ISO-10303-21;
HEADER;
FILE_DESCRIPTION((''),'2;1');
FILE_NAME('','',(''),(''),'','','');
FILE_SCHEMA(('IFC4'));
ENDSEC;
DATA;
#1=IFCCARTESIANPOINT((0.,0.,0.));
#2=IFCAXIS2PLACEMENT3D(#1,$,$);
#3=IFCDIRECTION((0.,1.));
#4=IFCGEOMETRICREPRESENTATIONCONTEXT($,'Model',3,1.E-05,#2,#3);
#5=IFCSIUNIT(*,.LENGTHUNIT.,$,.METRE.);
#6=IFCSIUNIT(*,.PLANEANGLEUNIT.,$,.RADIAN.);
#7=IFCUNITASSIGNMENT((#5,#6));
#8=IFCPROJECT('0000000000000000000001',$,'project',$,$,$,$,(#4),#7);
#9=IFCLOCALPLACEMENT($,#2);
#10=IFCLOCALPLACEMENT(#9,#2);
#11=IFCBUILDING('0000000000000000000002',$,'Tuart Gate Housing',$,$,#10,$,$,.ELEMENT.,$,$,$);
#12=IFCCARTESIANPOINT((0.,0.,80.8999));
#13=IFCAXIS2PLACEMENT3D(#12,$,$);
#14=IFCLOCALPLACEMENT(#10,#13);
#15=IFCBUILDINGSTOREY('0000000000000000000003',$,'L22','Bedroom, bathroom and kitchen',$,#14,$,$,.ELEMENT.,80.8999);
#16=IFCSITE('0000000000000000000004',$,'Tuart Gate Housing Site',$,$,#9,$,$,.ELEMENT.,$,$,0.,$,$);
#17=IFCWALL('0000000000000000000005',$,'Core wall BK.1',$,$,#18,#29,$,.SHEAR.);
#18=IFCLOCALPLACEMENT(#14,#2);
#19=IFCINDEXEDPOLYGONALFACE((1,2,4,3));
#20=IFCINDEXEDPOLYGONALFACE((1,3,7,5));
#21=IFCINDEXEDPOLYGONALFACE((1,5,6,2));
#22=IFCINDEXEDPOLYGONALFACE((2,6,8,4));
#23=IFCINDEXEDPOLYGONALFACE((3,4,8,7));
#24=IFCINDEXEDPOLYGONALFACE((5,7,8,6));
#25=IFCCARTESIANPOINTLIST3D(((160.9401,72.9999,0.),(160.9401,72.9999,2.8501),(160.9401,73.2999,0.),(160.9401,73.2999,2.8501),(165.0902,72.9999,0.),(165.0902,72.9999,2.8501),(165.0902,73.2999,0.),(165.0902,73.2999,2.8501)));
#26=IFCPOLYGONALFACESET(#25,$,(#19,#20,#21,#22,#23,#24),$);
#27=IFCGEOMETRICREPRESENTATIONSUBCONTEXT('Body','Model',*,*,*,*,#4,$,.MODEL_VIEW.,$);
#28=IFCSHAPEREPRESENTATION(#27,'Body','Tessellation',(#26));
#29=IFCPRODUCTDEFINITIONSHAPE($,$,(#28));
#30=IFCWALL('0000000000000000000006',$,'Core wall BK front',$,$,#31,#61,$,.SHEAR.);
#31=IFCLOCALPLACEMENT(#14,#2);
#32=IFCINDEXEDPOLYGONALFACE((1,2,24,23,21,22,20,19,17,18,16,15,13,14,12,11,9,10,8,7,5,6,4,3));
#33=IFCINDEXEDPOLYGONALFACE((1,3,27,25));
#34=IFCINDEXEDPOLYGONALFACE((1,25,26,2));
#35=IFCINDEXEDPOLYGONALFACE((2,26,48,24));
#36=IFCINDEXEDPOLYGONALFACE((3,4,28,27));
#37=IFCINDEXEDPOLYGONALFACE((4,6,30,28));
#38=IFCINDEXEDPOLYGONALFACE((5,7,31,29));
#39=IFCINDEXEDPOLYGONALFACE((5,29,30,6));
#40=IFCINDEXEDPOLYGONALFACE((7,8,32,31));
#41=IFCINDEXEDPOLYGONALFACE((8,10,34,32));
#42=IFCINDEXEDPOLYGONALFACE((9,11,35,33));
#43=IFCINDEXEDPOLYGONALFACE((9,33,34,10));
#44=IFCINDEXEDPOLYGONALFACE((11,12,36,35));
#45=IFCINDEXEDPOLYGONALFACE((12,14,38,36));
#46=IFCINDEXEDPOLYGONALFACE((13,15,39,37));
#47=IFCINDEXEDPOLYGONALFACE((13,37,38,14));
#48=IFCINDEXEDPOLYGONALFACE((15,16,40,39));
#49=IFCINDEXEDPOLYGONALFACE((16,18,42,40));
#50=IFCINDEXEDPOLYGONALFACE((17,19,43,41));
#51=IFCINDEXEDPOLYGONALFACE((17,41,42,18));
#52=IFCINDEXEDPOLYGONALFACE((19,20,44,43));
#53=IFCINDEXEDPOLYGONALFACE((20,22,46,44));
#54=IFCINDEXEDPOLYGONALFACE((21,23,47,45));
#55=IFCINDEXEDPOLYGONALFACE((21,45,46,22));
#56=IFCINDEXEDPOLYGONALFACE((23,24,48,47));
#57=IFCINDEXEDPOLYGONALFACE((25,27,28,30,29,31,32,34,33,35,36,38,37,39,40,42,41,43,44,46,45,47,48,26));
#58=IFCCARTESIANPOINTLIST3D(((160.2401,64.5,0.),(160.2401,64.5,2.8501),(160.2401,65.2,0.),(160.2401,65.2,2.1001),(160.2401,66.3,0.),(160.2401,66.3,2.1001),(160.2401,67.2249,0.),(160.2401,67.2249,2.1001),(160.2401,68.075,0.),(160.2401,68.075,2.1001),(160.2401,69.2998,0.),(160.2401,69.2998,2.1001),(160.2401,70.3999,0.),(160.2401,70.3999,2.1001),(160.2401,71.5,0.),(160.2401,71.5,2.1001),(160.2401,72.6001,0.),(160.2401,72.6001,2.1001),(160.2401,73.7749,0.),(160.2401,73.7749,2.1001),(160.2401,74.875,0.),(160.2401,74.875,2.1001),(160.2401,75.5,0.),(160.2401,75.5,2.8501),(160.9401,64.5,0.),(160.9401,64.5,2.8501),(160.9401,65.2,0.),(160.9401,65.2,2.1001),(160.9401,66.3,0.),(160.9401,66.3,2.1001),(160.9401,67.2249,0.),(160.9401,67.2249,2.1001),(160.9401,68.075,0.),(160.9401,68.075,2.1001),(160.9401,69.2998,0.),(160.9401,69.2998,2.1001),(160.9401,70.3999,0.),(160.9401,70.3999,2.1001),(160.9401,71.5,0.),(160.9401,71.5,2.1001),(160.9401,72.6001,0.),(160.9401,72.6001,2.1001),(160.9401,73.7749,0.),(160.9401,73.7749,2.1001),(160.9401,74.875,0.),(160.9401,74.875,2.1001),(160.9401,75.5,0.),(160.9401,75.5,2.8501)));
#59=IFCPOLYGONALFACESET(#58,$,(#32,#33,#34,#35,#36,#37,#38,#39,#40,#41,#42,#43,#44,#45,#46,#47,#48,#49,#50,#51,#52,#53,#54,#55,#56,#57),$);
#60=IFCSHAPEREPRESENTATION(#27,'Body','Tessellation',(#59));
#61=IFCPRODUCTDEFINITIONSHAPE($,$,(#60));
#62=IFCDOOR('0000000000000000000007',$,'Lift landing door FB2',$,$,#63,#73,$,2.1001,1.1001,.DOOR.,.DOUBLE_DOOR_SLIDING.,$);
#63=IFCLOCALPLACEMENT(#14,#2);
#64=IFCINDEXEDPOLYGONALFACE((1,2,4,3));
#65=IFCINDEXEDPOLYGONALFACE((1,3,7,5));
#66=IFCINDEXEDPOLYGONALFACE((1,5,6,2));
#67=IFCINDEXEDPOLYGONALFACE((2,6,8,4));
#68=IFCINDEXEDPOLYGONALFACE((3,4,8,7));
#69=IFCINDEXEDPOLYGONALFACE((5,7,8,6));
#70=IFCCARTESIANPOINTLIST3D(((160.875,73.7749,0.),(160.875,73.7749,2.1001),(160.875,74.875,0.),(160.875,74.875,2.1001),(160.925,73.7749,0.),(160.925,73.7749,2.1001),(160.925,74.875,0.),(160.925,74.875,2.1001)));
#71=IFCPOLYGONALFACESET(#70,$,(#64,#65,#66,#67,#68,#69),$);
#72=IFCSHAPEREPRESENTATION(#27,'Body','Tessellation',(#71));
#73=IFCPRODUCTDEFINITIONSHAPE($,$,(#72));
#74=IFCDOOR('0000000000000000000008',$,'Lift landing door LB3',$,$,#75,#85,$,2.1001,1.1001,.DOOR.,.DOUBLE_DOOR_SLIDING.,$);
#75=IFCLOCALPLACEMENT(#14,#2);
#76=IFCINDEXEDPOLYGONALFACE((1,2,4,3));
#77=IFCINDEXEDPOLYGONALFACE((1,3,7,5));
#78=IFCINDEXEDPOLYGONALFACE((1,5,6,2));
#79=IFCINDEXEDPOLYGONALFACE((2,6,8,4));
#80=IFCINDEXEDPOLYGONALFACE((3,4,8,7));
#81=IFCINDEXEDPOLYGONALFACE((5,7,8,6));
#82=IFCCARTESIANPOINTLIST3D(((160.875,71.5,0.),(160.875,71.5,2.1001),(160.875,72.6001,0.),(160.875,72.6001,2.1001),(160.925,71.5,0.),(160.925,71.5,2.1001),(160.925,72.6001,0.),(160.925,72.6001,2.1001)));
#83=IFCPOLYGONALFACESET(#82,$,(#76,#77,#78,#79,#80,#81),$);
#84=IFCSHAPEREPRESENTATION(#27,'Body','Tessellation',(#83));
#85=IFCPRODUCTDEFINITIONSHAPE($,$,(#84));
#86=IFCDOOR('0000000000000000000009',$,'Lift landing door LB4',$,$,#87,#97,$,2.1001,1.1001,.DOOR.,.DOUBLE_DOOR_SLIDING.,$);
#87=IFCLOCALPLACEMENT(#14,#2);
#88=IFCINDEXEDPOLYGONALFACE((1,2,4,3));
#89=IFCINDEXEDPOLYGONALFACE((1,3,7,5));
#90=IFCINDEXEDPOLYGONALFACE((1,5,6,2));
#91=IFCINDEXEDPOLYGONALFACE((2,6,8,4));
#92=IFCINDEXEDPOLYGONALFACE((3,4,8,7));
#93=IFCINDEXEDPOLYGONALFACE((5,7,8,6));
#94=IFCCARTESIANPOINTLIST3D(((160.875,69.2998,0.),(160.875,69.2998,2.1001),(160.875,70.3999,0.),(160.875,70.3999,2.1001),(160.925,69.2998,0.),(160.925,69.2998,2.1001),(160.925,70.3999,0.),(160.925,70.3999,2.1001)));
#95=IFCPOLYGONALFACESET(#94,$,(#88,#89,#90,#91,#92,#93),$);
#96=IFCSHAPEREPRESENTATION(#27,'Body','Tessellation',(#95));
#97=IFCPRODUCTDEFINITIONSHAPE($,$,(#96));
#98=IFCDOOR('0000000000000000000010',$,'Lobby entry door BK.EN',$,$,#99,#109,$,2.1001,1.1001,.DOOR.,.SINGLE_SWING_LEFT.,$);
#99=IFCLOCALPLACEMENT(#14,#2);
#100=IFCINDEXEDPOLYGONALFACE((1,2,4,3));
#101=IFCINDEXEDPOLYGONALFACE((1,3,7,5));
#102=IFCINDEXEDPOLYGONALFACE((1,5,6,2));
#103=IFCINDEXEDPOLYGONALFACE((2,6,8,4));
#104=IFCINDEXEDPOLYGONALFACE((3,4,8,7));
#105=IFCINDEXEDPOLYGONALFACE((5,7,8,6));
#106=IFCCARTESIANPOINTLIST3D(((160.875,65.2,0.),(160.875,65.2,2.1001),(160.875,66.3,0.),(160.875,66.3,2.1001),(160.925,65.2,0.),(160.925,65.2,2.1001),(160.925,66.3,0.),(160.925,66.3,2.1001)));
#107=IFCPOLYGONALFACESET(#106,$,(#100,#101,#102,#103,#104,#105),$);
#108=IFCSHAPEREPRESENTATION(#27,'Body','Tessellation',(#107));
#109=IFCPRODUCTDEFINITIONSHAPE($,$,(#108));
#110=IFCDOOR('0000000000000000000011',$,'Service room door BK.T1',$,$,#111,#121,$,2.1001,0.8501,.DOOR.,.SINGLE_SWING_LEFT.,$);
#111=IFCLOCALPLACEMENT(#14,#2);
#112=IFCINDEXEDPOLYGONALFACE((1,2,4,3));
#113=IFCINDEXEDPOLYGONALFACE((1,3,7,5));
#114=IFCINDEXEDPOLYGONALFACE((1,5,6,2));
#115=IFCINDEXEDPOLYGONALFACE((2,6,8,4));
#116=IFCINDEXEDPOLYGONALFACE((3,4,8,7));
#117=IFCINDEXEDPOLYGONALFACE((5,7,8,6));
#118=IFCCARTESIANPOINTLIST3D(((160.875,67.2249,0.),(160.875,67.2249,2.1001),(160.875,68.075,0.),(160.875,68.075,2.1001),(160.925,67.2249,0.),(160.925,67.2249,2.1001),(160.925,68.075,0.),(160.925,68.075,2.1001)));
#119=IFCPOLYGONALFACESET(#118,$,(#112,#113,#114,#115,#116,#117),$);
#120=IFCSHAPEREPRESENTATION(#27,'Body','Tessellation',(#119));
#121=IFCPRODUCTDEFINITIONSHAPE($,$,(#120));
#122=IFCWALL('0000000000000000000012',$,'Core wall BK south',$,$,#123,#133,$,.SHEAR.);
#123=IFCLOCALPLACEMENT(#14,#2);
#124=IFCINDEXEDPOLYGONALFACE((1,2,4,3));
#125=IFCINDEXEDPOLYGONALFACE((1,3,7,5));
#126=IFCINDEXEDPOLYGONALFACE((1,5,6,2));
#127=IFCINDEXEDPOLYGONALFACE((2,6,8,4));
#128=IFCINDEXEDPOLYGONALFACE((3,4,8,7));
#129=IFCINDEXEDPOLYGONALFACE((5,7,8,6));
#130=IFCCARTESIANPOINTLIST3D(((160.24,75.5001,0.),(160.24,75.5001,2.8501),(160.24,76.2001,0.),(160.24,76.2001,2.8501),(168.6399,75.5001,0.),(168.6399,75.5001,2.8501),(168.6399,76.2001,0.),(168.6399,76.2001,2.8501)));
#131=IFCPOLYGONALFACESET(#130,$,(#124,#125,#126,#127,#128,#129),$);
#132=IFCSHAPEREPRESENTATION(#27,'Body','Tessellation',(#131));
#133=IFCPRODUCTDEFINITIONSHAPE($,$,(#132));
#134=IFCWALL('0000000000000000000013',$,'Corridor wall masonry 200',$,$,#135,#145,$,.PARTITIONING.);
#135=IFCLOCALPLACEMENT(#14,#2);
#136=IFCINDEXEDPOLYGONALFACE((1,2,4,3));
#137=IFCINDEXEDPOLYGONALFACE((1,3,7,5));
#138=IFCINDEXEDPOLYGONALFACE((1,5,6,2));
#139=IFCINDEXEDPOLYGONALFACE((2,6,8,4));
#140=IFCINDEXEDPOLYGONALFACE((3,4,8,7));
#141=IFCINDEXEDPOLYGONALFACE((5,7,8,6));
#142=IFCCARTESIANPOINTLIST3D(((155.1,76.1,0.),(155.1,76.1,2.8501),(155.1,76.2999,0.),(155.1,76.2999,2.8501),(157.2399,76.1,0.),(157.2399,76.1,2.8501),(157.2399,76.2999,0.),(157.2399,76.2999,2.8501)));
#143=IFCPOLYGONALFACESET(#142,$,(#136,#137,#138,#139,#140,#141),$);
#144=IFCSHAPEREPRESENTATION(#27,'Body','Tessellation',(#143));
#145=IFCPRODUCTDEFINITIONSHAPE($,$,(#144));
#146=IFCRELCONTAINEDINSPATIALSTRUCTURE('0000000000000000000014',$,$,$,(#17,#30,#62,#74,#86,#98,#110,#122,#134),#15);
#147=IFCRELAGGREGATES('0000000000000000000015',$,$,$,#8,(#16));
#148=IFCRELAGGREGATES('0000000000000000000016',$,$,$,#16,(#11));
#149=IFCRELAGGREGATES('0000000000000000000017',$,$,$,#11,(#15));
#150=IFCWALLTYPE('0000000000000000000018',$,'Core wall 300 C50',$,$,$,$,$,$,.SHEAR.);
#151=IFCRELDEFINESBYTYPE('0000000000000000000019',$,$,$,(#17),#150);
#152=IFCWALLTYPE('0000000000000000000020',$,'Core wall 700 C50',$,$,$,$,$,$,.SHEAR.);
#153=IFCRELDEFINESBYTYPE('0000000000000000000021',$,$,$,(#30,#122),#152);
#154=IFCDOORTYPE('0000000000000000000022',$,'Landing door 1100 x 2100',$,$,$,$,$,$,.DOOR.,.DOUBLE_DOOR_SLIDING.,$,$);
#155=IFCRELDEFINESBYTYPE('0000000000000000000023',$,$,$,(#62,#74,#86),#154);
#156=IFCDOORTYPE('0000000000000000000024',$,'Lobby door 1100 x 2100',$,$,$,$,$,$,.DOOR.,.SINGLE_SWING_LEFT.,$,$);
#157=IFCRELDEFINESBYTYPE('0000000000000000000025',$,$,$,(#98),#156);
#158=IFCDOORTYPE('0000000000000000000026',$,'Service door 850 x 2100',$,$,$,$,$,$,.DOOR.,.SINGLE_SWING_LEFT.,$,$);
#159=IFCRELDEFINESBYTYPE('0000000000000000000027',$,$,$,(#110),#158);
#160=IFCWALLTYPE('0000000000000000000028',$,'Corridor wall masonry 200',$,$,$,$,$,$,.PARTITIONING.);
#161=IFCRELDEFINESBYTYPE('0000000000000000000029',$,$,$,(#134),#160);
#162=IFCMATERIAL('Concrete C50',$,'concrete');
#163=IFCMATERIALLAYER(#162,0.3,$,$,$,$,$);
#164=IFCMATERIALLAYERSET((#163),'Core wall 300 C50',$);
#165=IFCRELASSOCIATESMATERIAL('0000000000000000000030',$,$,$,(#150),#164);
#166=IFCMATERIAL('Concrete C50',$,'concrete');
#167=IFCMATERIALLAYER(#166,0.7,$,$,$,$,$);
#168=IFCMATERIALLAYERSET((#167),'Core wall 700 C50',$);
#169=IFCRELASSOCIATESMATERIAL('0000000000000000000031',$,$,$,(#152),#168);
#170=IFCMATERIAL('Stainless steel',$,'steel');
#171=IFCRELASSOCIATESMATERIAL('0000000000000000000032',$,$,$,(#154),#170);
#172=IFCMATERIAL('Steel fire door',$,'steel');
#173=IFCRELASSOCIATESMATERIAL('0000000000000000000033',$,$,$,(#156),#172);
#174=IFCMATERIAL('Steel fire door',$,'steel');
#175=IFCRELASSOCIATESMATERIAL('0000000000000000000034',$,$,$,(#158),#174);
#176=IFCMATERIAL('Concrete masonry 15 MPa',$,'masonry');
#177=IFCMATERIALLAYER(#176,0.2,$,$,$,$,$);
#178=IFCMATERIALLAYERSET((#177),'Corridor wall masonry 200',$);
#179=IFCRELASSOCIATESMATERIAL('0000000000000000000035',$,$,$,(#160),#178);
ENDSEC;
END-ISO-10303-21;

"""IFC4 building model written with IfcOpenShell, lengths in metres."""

from ifc_helpers import new_model, si_unit, direction, frame, frame_2d, origin, place, context, subcontext, project, spatial, rectangle, extrude, material, layer, layer_set, type_object, element, fill, save


model = new_model("IFC4")

# Units and contexts
model_context = context("Model", 3, precision=1e-05, world=origin(), true_north=direction((0.0, 1.0)))
body_context = subcontext(model_context, "Body", "Model", "MODEL_VIEW")
ifc_project = project(units=[si_unit("LENGTHUNIT", "METRE"), si_unit("PLANEANGLEUNIT", "RADIAN")], contexts=[model_context])

# Site, building, storey
site_placement = place(None, origin())
site = spatial("IfcSite", under=ifc_project, at=site_placement, Name="Tuart Gate Housing Site", CompositionType="ELEMENT", RefElevation=0.0)
building_placement = place(site_placement, origin())
building = spatial("IfcBuilding", under=site, at=building_placement, Name="Tuart Gate Housing", CompositionType="ELEMENT")
storey_placement = place(building_placement, frame((0.0, 0.0, 80.8999)))
storey = spatial("IfcBuildingStorey", under=building, at=storey_placement, Name="L22", Description="Bedroom, bathroom and kitchen", CompositionType="ELEMENT", Elevation=80.8999)

# Wall
ifc_material_1 = material(Name="Concrete C50", Category="concrete")
ifc_layer_1 = layer(ifc_material_1, 0.3)
ifc_layer_set_1 = layer_set([ifc_layer_1], Name="Core wall 300 C50")
wall_type_1 = type_object("IfcWallType", Name="Core wall 300 C50", PredefinedType="SHEAR", material=ifc_layer_set_1)
wall_1_placement = place(storey_placement, frame((160.9399, 73.1499, 0.0), z_axis=(0.0, 0.0, 1.0), x_axis=(1.0, 0.0, 0.0)))
element("IfcWall", 1, at=wall_1_placement, inside=storey, type_object=wall_type_1, Name="Core wall BK.1", PredefinedType="SHEAR", context=body_context, shape_type="SweptSolid", body=[
    extrude(rectangle(XDim=4.1501, YDim=0.3, at=frame_2d((2.0752, 0.0))), origin(), (0.0, 0.0, 1.0), 2.8501),
])

# Wall, openings, doors
ifc_material_2 = material(Name="Concrete C50", Category="concrete")
ifc_layer_2 = layer(ifc_material_2, 0.7)
ifc_layer_set_2 = layer_set([ifc_layer_2], Name="Core wall 700 C50")
wall_type_2 = type_object("IfcWallType", Name="Core wall 700 C50", PredefinedType="SHEAR", material=ifc_layer_set_2)
wall_2_placement = place(storey_placement, frame((160.5901, 75.5, 0.0), z_axis=(0.0, 0.0, 1.0), x_axis=(0.0, -1.0, 0.0)))
wall_2 = element("IfcWall", 2, at=wall_2_placement, inside=storey, type_object=wall_type_2, Name="Core wall BK front", PredefinedType="SHEAR", context=body_context, shape_type="SweptSolid", body=[
    extrude(rectangle(XDim=11.0, YDim=0.7, at=frame_2d((5.5, 0.0))), origin(), (0.0, 0.0, 1.0), 2.8501),
])
opening_1_placement = place(wall_2_placement, frame((0.625, 0.0, 0.0)))
opening_1 = element("IfcOpeningElement", 3, at=opening_1_placement, cuts=wall_2, PredefinedType="OPENING", context=body_context, shape_type="SweptSolid", body=[
    extrude(rectangle(XDim=1.1001, YDim=2.1001, at=frame_2d((0.55, 1.05))), frame((0.0, 0.3599, 0.0), z_axis=(0.0, -1.0, 0.0), x_axis=(1.0, 0.0, 0.0)), (0.0, 0.0, 1.0), 0.72),
])
opening_2_placement = place(wall_2_placement, frame((2.8999, 0.0, 0.0)))
opening_2 = element("IfcOpeningElement", 4, at=opening_2_placement, cuts=wall_2, PredefinedType="OPENING", context=body_context, shape_type="SweptSolid", body=[
    extrude(rectangle(XDim=1.1001, YDim=2.1001, at=frame_2d((0.55, 1.05))), frame((0.0, 0.3599, 0.0), z_axis=(0.0, -1.0, 0.0), x_axis=(1.0, 0.0, 0.0)), (0.0, 0.0, 1.0), 0.72),
])
opening_3_placement = place(wall_2_placement, frame((5.1001, 0.0, 0.0)))
opening_3 = element("IfcOpeningElement", 5, at=opening_3_placement, cuts=wall_2, PredefinedType="OPENING", context=body_context, shape_type="SweptSolid", body=[
    extrude(rectangle(XDim=1.1001, YDim=2.1001, at=frame_2d((0.55, 1.05))), frame((0.0, 0.3599, 0.0), z_axis=(0.0, -1.0, 0.0), x_axis=(1.0, 0.0, 0.0)), (0.0, 0.0, 1.0), 0.72),
])
opening_4_placement = place(wall_2_placement, frame((9.2, 0.0, 0.0)))
opening_4 = element("IfcOpeningElement", 6, at=opening_4_placement, cuts=wall_2, PredefinedType="OPENING", context=body_context, shape_type="SweptSolid", body=[
    extrude(rectangle(XDim=1.1001, YDim=2.1001, at=frame_2d((0.55, 1.05))), frame((0.0, 0.3599, 0.0), z_axis=(0.0, -1.0, 0.0), x_axis=(1.0, 0.0, 0.0)), (0.0, 0.0, 1.0), 0.72),
])
opening_5_placement = place(wall_2_placement, frame((7.425, 0.0, 0.0)))
opening_5 = element("IfcOpeningElement", 7, at=opening_5_placement, cuts=wall_2, PredefinedType="OPENING", context=body_context, shape_type="SweptSolid", body=[
    extrude(rectangle(XDim=0.8501, YDim=2.1001, at=frame_2d((0.425, 1.05))), frame((0.0, 0.3599, 0.0), z_axis=(0.0, -1.0, 0.0), x_axis=(1.0, 0.0, 0.0)), (0.0, 0.0, 1.0), 0.72),
])
ifc_material_3 = material(Name="Stainless steel", Category="steel")
door_type_1 = type_object("IfcDoorType", Name="Landing door 1100 x 2100", OperationType="DOUBLE_DOOR_SLIDING", PredefinedType="DOOR", material=ifc_material_3)
door_1_placement = place(opening_1_placement, origin())
door_1 = element("IfcDoor", 8, at=door_1_placement, inside=storey, type_object=door_type_1, Name="Lift landing door FB2", OperationType="DOUBLE_DOOR_SLIDING", OverallHeight=2.1001, OverallWidth=1.1001, PredefinedType="DOOR", context=body_context, shape_type="SweptSolid", body=[
    extrude(rectangle(XDim=1.1001, YDim=2.1001, at=frame_2d((0.55, 1.05))), frame((0.0, 0.335, 0.0), z_axis=(0.0, -1.0, 0.0), x_axis=(1.0, 0.0, 0.0)), (0.0, 0.0, 1.0), 0.05),
])
fill(opening_1, door_1)
door_2_placement = place(opening_2_placement, origin())
door_2 = element("IfcDoor", 9, at=door_2_placement, inside=storey, type_object=door_type_1, Name="Lift landing door LB3", OperationType="DOUBLE_DOOR_SLIDING", OverallHeight=2.1001, OverallWidth=1.1001, PredefinedType="DOOR", context=body_context, shape_type="SweptSolid", body=[
    extrude(rectangle(XDim=1.1001, YDim=2.1001, at=frame_2d((0.55, 1.05))), frame((0.0, 0.335, 0.0), z_axis=(0.0, -1.0, 0.0), x_axis=(1.0, 0.0, 0.0)), (0.0, 0.0, 1.0), 0.05),
])
fill(opening_2, door_2)
door_3_placement = place(opening_3_placement, origin())
door_3 = element("IfcDoor", 10, at=door_3_placement, inside=storey, type_object=door_type_1, Name="Lift landing door LB4", OperationType="DOUBLE_DOOR_SLIDING", OverallHeight=2.1001, OverallWidth=1.1001, PredefinedType="DOOR", context=body_context, shape_type="SweptSolid", body=[
    extrude(rectangle(XDim=1.1001, YDim=2.1001, at=frame_2d((0.55, 1.05))), frame((0.0, 0.335, 0.0), z_axis=(0.0, -1.0, 0.0), x_axis=(1.0, 0.0, 0.0)), (0.0, 0.0, 1.0), 0.05),
])
fill(opening_3, door_3)
ifc_material_4 = material(Name="Steel fire door", Category="steel")
door_type_2 = type_object("IfcDoorType", Name="Lobby door 1100 x 2100", OperationType="SINGLE_SWING_LEFT", PredefinedType="DOOR", material=ifc_material_4)
door_4_placement = place(opening_4_placement, origin())
door_4 = element("IfcDoor", 11, at=door_4_placement, inside=storey, type_object=door_type_2, Name="Lobby entry door BK.EN", OperationType="SINGLE_SWING_LEFT", OverallHeight=2.1001, OverallWidth=1.1001, PredefinedType="DOOR", context=body_context, shape_type="SweptSolid", body=[
    extrude(rectangle(XDim=1.1001, YDim=2.1001, at=frame_2d((0.55, 1.05))), frame((0.0, 0.335, 0.0), z_axis=(0.0, -1.0, 0.0), x_axis=(1.0, 0.0, 0.0)), (0.0, 0.0, 1.0), 0.05),
])
fill(opening_4, door_4)
ifc_material_5 = material(Name="Steel fire door", Category="steel")
door_type_3 = type_object("IfcDoorType", Name="Service door 850 x 2100", OperationType="SINGLE_SWING_LEFT", PredefinedType="DOOR", material=ifc_material_5)
door_5_placement = place(opening_5_placement, origin())
door_5 = element("IfcDoor", 12, at=door_5_placement, inside=storey, type_object=door_type_3, Name="Service room door BK.T1", OperationType="SINGLE_SWING_LEFT", OverallHeight=2.1001, OverallWidth=0.8501, PredefinedType="DOOR", context=body_context, shape_type="SweptSolid", body=[
    extrude(rectangle(XDim=0.8501, YDim=2.1001, at=frame_2d((0.425, 1.05))), frame((0.0, 0.335, 0.0), z_axis=(0.0, -1.0, 0.0), x_axis=(1.0, 0.0, 0.0)), (0.0, 0.0, 1.0), 0.05),
])
fill(opening_5, door_5)

# Walls
wall_3_placement = place(storey_placement, frame((160.24, 75.8501, 0.0), z_axis=(0.0, 0.0, 1.0), x_axis=(1.0, 0.0, 0.0)))
element("IfcWall", 13, at=wall_3_placement, inside=storey, type_object=wall_type_2, Name="Core wall BK south", PredefinedType="SHEAR", context=body_context, shape_type="SweptSolid", body=[
    extrude(rectangle(XDim=8.3999, YDim=0.7, at=frame_2d((4.2, 0.0))), origin(), (0.0, 0.0, 1.0), 2.8501),
])
ifc_material_6 = material(Name="Concrete masonry 15 MPa", Category="masonry")
ifc_layer_3 = layer(ifc_material_6, 0.2)
ifc_layer_set_3 = layer_set([ifc_layer_3], Name="Corridor wall masonry 200")
wall_type_3 = type_object("IfcWallType", Name="Corridor wall masonry 200", PredefinedType="PARTITIONING", material=ifc_layer_set_3)
wall_4_placement = place(storey_placement, frame((155.1001, 76.2, 0.0), z_axis=(0.0, 0.0, 1.0), x_axis=(1.0, 0.0, 0.0)))
element("IfcWall", 14, at=wall_4_placement, inside=storey, type_object=wall_type_3, Name="Corridor wall masonry 200", PredefinedType="PARTITIONING", context=body_context, shape_type="SweptSolid", body=[
    extrude(rectangle(XDim=2.1399, YDim=0.2, at=frame_2d((1.0698, 0.0))), origin(), (0.0, 0.0, 1.0), 2.8501),
])

save(model, "model.ifc")
